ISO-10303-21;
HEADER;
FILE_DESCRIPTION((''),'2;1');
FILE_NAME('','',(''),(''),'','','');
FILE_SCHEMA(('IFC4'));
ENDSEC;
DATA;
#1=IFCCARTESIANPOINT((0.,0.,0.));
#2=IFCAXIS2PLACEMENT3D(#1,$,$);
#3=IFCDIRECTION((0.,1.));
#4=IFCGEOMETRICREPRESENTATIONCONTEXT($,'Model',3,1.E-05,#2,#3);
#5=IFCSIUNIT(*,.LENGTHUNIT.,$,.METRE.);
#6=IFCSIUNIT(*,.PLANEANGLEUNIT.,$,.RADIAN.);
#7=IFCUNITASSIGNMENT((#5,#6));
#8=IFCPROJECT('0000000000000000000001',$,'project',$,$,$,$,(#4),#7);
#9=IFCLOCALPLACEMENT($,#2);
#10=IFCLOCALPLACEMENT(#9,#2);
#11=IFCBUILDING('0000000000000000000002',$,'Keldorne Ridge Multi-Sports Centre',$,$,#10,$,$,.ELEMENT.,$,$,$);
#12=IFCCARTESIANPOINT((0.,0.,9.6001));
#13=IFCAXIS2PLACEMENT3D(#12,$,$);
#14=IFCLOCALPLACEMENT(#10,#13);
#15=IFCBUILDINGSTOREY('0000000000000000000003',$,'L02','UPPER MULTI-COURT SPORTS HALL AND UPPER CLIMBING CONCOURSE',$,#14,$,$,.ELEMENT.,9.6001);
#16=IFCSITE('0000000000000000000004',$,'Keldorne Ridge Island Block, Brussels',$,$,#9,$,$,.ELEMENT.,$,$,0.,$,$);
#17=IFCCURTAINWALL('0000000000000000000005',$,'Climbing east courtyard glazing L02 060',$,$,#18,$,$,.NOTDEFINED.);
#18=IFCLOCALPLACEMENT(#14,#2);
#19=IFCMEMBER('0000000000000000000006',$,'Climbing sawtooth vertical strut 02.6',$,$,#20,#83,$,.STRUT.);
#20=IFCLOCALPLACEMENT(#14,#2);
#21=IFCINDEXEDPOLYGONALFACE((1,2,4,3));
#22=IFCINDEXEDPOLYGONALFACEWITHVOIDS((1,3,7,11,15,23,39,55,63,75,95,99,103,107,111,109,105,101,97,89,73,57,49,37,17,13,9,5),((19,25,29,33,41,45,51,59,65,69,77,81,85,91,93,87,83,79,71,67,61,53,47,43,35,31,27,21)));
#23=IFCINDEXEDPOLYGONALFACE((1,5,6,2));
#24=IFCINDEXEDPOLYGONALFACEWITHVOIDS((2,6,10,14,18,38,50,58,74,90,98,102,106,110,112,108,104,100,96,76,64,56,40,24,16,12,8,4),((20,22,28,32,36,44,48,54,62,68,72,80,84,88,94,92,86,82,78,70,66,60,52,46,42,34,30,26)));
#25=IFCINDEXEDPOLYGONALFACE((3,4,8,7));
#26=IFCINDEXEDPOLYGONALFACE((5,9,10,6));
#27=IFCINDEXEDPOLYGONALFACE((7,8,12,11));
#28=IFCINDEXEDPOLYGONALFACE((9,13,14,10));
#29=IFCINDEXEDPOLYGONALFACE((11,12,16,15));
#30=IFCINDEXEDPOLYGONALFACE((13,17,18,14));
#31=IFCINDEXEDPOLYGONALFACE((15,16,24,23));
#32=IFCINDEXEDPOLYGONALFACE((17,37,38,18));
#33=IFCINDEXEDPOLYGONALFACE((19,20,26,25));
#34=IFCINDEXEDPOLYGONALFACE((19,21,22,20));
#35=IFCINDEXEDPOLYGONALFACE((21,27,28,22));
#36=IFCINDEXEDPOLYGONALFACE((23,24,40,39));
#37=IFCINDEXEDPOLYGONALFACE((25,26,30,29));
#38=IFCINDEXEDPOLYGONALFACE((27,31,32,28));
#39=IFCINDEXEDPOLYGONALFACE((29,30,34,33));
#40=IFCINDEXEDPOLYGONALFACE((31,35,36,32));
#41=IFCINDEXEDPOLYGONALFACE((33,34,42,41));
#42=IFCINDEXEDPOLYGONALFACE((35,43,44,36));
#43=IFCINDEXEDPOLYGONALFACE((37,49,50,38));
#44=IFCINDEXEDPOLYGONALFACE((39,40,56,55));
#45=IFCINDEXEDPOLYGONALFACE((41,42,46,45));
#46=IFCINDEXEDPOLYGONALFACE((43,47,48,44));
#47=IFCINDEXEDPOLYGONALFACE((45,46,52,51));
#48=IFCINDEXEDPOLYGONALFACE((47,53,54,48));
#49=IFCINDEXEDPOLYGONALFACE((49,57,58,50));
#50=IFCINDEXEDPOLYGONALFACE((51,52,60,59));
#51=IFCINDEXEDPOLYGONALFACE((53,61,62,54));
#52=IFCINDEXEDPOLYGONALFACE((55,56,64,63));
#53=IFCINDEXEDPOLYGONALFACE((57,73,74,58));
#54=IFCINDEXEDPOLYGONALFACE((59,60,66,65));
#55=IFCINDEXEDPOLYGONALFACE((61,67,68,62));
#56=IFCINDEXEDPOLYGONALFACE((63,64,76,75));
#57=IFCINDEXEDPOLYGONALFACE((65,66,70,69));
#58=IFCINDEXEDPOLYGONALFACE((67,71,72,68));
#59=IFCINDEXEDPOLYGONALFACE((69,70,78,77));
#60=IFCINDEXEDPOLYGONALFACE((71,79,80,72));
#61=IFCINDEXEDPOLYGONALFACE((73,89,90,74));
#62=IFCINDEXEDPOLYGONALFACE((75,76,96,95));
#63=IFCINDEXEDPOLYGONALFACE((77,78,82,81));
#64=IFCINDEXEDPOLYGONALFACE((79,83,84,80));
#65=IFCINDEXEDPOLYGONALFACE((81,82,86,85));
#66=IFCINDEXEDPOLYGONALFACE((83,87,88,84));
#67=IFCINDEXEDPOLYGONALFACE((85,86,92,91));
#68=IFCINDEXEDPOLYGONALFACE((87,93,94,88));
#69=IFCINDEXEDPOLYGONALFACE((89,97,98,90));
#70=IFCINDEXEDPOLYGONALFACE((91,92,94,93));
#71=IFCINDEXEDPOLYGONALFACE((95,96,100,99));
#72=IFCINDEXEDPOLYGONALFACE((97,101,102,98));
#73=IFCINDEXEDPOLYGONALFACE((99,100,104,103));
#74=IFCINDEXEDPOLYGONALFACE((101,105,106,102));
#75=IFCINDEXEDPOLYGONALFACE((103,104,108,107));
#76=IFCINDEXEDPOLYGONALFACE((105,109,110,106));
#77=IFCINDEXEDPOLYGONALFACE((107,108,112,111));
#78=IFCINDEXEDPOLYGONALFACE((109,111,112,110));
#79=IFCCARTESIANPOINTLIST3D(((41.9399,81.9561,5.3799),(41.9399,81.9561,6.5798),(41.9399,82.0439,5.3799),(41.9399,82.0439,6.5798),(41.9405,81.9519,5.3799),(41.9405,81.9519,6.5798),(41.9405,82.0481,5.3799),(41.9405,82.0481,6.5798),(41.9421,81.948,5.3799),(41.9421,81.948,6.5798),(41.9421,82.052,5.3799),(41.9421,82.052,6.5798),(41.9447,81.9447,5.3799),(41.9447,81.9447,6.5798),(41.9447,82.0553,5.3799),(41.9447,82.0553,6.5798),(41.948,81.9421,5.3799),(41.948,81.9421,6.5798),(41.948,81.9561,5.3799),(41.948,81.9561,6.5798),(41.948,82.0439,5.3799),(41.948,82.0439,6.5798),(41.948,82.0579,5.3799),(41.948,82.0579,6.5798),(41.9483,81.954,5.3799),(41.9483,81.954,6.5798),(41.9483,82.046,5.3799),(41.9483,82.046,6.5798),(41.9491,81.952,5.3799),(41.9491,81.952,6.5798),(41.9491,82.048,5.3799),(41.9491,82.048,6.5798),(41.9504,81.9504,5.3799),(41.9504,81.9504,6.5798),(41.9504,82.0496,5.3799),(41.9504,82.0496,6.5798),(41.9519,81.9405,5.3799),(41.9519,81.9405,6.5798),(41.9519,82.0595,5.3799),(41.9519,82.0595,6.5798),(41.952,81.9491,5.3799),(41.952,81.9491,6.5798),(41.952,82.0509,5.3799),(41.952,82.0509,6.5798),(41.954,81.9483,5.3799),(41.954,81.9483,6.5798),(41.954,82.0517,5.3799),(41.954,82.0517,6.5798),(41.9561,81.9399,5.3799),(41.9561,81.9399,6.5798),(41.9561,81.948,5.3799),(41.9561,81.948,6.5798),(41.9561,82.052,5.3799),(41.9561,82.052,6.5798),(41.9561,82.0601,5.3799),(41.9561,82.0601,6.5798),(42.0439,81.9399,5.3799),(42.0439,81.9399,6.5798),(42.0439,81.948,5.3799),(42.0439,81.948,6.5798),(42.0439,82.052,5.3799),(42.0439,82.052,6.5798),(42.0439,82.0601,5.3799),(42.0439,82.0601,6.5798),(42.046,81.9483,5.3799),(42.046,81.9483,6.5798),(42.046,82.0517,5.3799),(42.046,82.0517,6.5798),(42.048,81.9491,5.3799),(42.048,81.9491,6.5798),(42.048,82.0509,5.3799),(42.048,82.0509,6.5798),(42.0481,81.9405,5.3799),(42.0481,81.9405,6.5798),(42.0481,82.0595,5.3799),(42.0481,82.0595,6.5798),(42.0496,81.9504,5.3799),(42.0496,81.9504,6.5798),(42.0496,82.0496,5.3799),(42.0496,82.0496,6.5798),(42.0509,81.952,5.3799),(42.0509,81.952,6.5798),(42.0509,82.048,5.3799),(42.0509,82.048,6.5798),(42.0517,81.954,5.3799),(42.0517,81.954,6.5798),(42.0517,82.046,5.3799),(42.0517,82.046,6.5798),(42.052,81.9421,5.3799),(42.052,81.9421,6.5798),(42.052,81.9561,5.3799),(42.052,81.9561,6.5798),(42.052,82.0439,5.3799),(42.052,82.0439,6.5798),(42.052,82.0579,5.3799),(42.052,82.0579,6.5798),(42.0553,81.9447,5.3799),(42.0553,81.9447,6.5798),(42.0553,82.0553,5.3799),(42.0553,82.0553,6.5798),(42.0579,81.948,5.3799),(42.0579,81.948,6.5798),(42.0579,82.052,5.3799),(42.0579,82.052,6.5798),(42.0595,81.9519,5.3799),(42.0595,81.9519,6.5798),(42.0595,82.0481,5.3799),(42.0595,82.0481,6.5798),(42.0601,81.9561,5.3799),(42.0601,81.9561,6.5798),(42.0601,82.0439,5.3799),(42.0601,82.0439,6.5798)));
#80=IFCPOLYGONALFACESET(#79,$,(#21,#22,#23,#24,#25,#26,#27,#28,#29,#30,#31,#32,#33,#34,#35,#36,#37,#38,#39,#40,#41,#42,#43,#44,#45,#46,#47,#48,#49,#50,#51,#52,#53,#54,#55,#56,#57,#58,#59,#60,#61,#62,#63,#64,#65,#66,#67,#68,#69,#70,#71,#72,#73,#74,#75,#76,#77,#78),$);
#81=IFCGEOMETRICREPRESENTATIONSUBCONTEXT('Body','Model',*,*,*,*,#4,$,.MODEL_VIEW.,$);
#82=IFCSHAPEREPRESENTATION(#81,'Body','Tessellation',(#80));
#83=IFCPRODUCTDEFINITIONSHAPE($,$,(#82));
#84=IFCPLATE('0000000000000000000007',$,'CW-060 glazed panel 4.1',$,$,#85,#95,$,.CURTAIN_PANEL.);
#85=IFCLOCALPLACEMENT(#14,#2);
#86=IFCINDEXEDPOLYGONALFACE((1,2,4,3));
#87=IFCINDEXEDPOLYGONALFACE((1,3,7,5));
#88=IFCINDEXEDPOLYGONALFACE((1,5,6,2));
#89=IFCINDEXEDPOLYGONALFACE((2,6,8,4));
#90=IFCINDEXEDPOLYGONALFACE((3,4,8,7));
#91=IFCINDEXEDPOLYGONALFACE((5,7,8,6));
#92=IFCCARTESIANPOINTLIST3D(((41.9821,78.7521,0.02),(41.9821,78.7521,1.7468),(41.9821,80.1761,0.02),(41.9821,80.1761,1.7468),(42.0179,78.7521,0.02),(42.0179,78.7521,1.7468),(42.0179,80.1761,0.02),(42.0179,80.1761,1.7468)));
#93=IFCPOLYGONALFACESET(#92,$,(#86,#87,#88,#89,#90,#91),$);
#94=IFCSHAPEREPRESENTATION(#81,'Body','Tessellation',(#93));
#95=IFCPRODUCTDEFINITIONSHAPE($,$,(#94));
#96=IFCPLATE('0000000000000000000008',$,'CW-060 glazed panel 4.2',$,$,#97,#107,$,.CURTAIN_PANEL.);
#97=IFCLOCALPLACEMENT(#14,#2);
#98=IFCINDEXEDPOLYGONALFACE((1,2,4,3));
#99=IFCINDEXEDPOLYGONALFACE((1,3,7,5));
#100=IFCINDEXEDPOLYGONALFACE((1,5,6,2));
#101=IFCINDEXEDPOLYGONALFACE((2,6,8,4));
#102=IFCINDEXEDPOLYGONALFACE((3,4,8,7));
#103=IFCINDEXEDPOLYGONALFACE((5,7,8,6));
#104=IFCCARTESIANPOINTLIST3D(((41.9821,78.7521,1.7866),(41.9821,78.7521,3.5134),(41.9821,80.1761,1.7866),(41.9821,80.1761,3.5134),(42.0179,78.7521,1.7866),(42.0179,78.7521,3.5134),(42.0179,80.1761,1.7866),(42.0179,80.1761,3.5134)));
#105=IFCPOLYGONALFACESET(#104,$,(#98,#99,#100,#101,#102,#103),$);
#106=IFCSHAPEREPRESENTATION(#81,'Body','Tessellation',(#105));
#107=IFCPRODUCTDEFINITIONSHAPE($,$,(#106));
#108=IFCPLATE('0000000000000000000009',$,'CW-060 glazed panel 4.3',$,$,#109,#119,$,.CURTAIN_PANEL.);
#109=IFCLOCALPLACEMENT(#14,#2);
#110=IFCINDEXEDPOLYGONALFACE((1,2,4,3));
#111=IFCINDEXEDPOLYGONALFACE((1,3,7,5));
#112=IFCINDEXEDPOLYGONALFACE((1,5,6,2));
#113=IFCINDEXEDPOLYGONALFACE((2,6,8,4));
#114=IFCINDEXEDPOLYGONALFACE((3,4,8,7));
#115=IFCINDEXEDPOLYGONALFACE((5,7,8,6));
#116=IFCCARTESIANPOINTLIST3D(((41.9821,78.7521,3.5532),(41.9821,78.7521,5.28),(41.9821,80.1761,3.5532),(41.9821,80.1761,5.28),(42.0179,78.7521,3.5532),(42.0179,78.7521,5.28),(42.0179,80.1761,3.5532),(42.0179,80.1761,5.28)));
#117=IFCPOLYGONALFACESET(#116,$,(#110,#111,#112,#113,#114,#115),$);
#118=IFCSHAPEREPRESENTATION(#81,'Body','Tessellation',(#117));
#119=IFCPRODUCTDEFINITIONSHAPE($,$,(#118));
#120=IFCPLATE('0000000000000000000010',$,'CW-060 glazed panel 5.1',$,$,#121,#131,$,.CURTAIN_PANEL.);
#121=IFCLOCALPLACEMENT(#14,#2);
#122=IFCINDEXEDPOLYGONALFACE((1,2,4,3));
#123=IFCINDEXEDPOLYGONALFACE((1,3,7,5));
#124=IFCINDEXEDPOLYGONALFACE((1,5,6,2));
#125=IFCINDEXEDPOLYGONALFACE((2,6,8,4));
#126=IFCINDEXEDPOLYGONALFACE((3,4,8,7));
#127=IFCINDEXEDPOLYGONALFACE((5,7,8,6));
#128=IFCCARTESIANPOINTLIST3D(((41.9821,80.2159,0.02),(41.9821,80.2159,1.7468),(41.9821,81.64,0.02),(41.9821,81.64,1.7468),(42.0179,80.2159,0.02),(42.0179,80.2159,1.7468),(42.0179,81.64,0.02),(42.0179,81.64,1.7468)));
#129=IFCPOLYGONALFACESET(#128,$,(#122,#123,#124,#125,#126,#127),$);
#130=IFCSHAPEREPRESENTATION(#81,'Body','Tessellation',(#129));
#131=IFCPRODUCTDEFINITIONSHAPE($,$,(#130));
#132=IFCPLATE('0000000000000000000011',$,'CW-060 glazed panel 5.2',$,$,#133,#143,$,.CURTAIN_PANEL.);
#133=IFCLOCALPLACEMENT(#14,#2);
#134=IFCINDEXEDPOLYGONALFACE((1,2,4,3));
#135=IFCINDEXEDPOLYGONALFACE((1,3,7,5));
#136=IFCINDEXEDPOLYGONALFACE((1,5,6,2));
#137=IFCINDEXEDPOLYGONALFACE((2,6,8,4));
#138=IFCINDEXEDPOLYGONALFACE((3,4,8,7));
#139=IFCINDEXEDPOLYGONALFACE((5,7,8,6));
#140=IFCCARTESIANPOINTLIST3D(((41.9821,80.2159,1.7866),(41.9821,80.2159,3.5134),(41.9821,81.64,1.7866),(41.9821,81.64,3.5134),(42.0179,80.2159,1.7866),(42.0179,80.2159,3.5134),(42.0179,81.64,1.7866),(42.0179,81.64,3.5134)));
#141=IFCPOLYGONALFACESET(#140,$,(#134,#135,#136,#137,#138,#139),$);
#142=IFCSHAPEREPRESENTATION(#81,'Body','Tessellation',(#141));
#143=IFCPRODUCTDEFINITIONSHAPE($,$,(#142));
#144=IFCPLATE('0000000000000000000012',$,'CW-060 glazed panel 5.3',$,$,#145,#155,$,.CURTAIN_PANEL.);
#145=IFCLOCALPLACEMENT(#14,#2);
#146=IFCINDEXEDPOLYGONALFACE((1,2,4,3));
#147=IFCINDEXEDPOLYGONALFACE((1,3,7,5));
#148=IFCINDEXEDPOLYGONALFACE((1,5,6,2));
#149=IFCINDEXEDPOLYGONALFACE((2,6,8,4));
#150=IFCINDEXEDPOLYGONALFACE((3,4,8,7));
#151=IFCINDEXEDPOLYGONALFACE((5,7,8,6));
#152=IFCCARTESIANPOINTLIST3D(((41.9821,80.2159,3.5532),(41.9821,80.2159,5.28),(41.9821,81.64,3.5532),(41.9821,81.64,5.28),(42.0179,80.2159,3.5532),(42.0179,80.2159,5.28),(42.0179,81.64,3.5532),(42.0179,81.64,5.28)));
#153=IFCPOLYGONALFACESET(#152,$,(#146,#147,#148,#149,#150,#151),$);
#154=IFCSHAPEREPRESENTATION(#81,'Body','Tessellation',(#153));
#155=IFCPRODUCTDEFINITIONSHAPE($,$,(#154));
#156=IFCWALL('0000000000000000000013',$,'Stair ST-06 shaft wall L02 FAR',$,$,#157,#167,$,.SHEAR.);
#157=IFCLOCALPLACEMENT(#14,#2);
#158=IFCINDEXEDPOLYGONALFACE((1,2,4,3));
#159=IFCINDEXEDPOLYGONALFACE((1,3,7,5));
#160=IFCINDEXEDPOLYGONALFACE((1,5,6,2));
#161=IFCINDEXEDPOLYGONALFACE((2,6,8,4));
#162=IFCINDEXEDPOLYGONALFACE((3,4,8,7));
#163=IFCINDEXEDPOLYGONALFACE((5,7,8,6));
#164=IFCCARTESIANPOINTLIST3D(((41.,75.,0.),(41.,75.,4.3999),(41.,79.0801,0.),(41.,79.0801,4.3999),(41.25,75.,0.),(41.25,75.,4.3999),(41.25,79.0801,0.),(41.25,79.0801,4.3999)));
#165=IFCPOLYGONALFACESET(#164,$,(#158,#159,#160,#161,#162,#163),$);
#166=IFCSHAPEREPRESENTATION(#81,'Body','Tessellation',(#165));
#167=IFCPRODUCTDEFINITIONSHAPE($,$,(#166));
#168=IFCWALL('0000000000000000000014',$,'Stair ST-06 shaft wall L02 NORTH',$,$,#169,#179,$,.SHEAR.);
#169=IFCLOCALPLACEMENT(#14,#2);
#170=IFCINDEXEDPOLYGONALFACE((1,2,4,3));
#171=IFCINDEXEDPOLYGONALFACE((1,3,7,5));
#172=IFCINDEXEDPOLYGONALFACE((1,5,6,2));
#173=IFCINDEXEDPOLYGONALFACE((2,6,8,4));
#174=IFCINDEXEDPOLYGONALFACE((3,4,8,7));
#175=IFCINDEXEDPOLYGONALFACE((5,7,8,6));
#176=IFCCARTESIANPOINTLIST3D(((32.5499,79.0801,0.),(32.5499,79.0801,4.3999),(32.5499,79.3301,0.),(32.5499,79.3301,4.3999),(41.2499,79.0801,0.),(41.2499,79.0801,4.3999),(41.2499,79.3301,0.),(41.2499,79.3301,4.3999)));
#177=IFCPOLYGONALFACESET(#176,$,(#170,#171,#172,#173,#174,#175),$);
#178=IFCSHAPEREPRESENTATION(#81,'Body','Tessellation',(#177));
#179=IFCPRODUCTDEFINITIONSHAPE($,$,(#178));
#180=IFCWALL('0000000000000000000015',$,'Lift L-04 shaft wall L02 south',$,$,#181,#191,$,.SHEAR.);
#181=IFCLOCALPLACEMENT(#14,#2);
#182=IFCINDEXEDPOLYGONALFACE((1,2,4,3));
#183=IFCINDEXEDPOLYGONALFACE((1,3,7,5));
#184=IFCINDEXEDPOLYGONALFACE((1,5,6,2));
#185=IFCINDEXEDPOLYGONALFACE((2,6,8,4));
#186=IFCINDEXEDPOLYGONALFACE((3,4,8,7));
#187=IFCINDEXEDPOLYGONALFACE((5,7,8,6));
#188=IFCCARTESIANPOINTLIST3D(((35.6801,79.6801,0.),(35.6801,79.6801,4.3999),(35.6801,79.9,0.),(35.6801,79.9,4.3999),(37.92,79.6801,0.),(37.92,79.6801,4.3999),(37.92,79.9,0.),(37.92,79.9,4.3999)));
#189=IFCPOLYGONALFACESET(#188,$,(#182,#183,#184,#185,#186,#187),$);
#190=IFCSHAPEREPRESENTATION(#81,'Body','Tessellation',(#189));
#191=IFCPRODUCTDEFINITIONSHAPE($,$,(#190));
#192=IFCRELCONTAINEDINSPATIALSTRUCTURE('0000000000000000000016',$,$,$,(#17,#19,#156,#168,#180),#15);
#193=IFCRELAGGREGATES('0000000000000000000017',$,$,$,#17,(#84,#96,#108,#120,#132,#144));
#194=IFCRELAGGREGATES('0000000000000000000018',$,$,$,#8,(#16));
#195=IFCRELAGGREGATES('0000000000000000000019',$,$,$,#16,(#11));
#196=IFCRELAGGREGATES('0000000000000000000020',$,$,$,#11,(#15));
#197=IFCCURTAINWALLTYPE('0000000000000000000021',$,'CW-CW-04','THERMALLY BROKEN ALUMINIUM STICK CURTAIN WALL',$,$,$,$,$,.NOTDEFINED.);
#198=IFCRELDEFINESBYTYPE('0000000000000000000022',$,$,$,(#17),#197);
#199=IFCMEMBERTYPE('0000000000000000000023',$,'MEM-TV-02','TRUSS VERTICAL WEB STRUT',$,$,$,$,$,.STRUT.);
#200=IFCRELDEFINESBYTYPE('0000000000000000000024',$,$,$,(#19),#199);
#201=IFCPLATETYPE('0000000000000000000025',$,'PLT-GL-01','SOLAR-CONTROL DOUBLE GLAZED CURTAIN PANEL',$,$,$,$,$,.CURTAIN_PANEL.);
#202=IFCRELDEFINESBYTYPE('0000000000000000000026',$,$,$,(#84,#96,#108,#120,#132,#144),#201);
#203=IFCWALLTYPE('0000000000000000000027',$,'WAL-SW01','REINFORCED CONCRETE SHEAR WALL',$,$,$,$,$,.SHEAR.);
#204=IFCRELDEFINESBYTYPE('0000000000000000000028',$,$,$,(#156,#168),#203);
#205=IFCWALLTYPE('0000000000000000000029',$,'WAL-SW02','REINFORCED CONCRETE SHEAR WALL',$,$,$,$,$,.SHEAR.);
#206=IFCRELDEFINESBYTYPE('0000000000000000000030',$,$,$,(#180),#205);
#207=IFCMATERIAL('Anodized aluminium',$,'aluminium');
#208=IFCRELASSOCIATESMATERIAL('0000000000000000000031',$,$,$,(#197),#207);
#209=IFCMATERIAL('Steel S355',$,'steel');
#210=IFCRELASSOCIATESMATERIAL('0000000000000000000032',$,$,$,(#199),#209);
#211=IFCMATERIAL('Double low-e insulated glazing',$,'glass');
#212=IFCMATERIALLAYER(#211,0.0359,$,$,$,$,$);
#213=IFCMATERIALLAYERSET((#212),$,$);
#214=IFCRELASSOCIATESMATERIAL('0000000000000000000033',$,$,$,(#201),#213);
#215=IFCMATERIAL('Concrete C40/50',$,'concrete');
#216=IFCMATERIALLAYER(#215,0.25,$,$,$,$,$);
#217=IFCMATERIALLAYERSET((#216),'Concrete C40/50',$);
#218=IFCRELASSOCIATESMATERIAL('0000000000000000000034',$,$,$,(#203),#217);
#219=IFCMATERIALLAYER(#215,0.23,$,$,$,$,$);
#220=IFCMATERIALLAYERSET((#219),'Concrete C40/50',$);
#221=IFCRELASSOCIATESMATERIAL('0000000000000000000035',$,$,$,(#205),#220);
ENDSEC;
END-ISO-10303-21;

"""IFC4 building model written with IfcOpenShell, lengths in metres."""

from ifc_helpers import new_model, si_unit, direction, frame, frame_2d, origin, origin_2d, place, context, subcontext, project, spatial, rectangle, hollow_rectangle, extrude, material, layer, layer_set, material_profile, profile_set, type_object, element, aggregate, save


model = new_model("IFC4")

# Units and contexts
model_context = context("Model", 3, precision=1e-05, world=origin(), true_north=direction((0.0, 1.0)))
body_context = subcontext(model_context, "Body", "Model", "MODEL_VIEW")
ifc_project = project(units=[si_unit("LENGTHUNIT", "METRE"), si_unit("PLANEANGLEUNIT", "RADIAN")], contexts=[model_context])

# Site, building, storey
site_placement = place(None, origin())
site = spatial("IfcSite", under=ifc_project, at=site_placement, Name="Keldorne Ridge Island Block, Brussels", CompositionType="ELEMENT", RefElevation=0.0)
building_placement = place(site_placement, origin())
building = spatial("IfcBuilding", under=site, at=building_placement, Name="Keldorne Ridge Multi-Sports Centre", CompositionType="ELEMENT")
storey_placement = place(building_placement, frame((0.0, 0.0, 9.6001)))
storey = spatial("IfcBuildingStorey", under=building, at=storey_placement, Name="L02", Description="UPPER MULTI-COURT SPORTS HALL AND UPPER CLIMBING CONCOURSE", CompositionType="ELEMENT", Elevation=9.6001)

# Shared definitions
ifc_material_1 = material(Name="Steel S355", Category="steel")

# Curtain wall
ifc_material_2 = material(Name="Anodized aluminium", Category="aluminium")
curtain_wall_type = type_object("IfcCurtainWallType", Name="CW-CW-04", Description="THERMALLY BROKEN ALUMINIUM STICK CURTAIN WALL", PredefinedType="NOTDEFINED", material=ifc_material_2)
curtain_wall_placement = place(storey_placement, origin())
curtain_wall = element("IfcCurtainWall", 1, at=curtain_wall_placement, inside=storey, type_object=curtain_wall_type, Name="Climbing east courtyard glazing L02 060", PredefinedType="NOTDEFINED")

# Member
ifc_material_profile_1 = material_profile(ifc_material_1, hollow_rectangle(XDim=0.1201, YDim=0.1201, WallThickness=0.0081, InnerFilletRadius=0.0081, OuterFilletRadius=0.0161, at=origin_2d()), Name="SHS 120x120x8")
ifc_profile_set_1 = profile_set([ifc_material_profile_1], Name="Steel S355")
member_type_1 = type_object("IfcMemberType", Name="MEM-TV-02", Description="TRUSS VERTICAL WEB STRUT", PredefinedType="STRUT", material=ifc_profile_set_1)
member_1_placement = place(storey_placement, frame((42.0, 82.0, 5.3799), z_axis=(0.0, 0.0, 1.0), x_axis=(1.0, 0.0, 0.0)))
element("IfcMember", 2, at=member_1_placement, inside=storey, type_object=member_type_1, Name="Climbing sawtooth vertical strut 02.6", PredefinedType="STRUT", context=body_context, shape_type="SweptSolid", body=[
    extrude(hollow_rectangle(XDim=0.1201, YDim=0.1201, WallThickness=0.0081, InnerFilletRadius=0.0081, OuterFilletRadius=0.0161, at=origin_2d()), origin(), (0.0, 0.0, 1.0), 1.2),
])

# Plates
ifc_material_3 = material(Name="Double low-e insulated glazing", Category="glass")
ifc_layer_1 = layer(ifc_material_3, 0.0359)
ifc_layer_set_1 = layer_set([ifc_layer_1])
plate_type = type_object("IfcPlateType", Name="PLT-GL-01", Description="SOLAR-CONTROL DOUBLE GLAZED CURTAIN PANEL", PredefinedType="CURTAIN_PANEL", material=ifc_layer_set_1)
plate_1_placement = place(storey_placement, frame((42.0, 79.4641, 0.02), z_axis=(0.0, 0.0, 1.0), x_axis=(0.0, 1.0, 0.0)))
plate_1 = element("IfcPlate", 3, at=plate_1_placement, type_object=plate_type, Name="CW-060 glazed panel 4.1", PredefinedType="CURTAIN_PANEL", context=body_context, shape_type="SweptSolid", body=[
    extrude(rectangle(XDim=1.4241, YDim=0.0359, at=origin_2d()), origin(), (0.0, 0.0, 1.0), 1.7268),
])
plate_2_placement = place(storey_placement, frame((42.0, 79.4641, 1.7866), z_axis=(0.0, 0.0, 1.0), x_axis=(0.0, 1.0, 0.0)))
plate_2 = element("IfcPlate", 4, at=plate_2_placement, type_object=plate_type, Name="CW-060 glazed panel 4.2", PredefinedType="CURTAIN_PANEL", context=body_context, shape_type="SweptSolid", body=[
    extrude(rectangle(XDim=1.4241, YDim=0.0359, at=origin_2d()), origin(), (0.0, 0.0, 1.0), 1.7268),
])
plate_3_placement = place(storey_placement, frame((42.0, 79.4641, 3.5532), z_axis=(0.0, 0.0, 1.0), x_axis=(0.0, 1.0, 0.0)))
plate_3 = element("IfcPlate", 5, at=plate_3_placement, type_object=plate_type, Name="CW-060 glazed panel 4.3", PredefinedType="CURTAIN_PANEL", context=body_context, shape_type="SweptSolid", body=[
    extrude(rectangle(XDim=1.4241, YDim=0.0359, at=origin_2d()), origin(), (0.0, 0.0, 1.0), 1.7268),
])
plate_4_placement = place(storey_placement, frame((42.0, 80.928, 0.02), z_axis=(0.0, 0.0, 1.0), x_axis=(0.0, 1.0, 0.0)))
plate_4 = element("IfcPlate", 6, at=plate_4_placement, type_object=plate_type, Name="CW-060 glazed panel 5.1", PredefinedType="CURTAIN_PANEL", context=body_context, shape_type="SweptSolid", body=[
    extrude(rectangle(XDim=1.4241, YDim=0.0359, at=origin_2d()), origin(), (0.0, 0.0, 1.0), 1.7268),
])
plate_5_placement = place(storey_placement, frame((42.0, 80.928, 1.7866), z_axis=(0.0, 0.0, 1.0), x_axis=(0.0, 1.0, 0.0)))
plate_5 = element("IfcPlate", 7, at=plate_5_placement, type_object=plate_type, Name="CW-060 glazed panel 5.2", PredefinedType="CURTAIN_PANEL", context=body_context, shape_type="SweptSolid", body=[
    extrude(rectangle(XDim=1.4241, YDim=0.0359, at=origin_2d()), origin(), (0.0, 0.0, 1.0), 1.7268),
])
plate_6_placement = place(storey_placement, frame((42.0, 80.928, 3.5532), z_axis=(0.0, 0.0, 1.0), x_axis=(0.0, 1.0, 0.0)))
plate_6 = element("IfcPlate", 8, at=plate_6_placement, type_object=plate_type, Name="CW-060 glazed panel 5.3", PredefinedType="CURTAIN_PANEL", context=body_context, shape_type="SweptSolid", body=[
    extrude(rectangle(XDim=1.4241, YDim=0.0359, at=origin_2d()), origin(), (0.0, 0.0, 1.0), 1.7268),
])
aggregate(curtain_wall, [plate_1, plate_2, plate_3, plate_4, plate_5, plate_6])

# Walls
ifc_material_4 = material(Name="Concrete C40/50", Category="concrete")
ifc_layer_2 = layer(ifc_material_4, 0.25)
ifc_layer_set_2 = layer_set([ifc_layer_2], Name="Concrete C40/50")
wall_type_1 = type_object("IfcWallType", Name="WAL-SW01", Description="REINFORCED CONCRETE SHEAR WALL", PredefinedType="SHEAR", material=ifc_layer_set_2)
wall_1_placement = place(storey_placement, frame((41.125, 79.0801, 0.0), z_axis=(0.0, 0.0, 1.0), x_axis=(0.0, -1.0, 0.0)))
element("IfcWall", 9, at=wall_1_placement, inside=storey, type_object=wall_type_1, Name="Stair ST-06 shaft wall L02 FAR", PredefinedType="SHEAR", context=body_context, shape_type="SweptSolid", body=[
    extrude(rectangle(XDim=4.0801, YDim=0.25, at=frame_2d((2.04, 0.0))), origin(), (0.0, 0.0, 1.0), 4.3999),
])
wall_2_placement = place(storey_placement, frame((41.25, 79.2051, 0.0), z_axis=(0.0, 0.0, 1.0), x_axis=(-1.0, 0.0, 0.0)))
element("IfcWall", 10, at=wall_2_placement, inside=storey, type_object=wall_type_1, Name="Stair ST-06 shaft wall L02 NORTH", PredefinedType="SHEAR", context=body_context, shape_type="SweptSolid", body=[
    extrude(rectangle(XDim=8.7, YDim=0.25, at=frame_2d((4.3501, 0.0))), origin(), (0.0, 0.0, 1.0), 4.3999),
])
ifc_layer_3 = layer(ifc_material_4, 0.23)
ifc_layer_set_3 = layer_set([ifc_layer_3], Name="Concrete C40/50")
wall_type_2 = type_object("IfcWallType", Name="WAL-SW02", Description="REINFORCED CONCRETE SHEAR WALL", PredefinedType="SHEAR", material=ifc_layer_set_3)
wall_3_placement = place(storey_placement, frame((35.6799, 79.79, 0.0), z_axis=(0.0, 0.0, 1.0), x_axis=(1.0, 0.0, 0.0)))
element("IfcWall", 11, at=wall_3_placement, inside=storey, type_object=wall_type_2, Name="Lift L-04 shaft wall L02 south", PredefinedType="SHEAR", context=body_context, shape_type="SweptSolid", body=[
    extrude(rectangle(XDim=2.24, YDim=0.22, at=frame_2d((1.1201, 0.0))), origin(), (0.0, 0.0, 1.0), 4.3999),
])

save(model, "model.ifc")
